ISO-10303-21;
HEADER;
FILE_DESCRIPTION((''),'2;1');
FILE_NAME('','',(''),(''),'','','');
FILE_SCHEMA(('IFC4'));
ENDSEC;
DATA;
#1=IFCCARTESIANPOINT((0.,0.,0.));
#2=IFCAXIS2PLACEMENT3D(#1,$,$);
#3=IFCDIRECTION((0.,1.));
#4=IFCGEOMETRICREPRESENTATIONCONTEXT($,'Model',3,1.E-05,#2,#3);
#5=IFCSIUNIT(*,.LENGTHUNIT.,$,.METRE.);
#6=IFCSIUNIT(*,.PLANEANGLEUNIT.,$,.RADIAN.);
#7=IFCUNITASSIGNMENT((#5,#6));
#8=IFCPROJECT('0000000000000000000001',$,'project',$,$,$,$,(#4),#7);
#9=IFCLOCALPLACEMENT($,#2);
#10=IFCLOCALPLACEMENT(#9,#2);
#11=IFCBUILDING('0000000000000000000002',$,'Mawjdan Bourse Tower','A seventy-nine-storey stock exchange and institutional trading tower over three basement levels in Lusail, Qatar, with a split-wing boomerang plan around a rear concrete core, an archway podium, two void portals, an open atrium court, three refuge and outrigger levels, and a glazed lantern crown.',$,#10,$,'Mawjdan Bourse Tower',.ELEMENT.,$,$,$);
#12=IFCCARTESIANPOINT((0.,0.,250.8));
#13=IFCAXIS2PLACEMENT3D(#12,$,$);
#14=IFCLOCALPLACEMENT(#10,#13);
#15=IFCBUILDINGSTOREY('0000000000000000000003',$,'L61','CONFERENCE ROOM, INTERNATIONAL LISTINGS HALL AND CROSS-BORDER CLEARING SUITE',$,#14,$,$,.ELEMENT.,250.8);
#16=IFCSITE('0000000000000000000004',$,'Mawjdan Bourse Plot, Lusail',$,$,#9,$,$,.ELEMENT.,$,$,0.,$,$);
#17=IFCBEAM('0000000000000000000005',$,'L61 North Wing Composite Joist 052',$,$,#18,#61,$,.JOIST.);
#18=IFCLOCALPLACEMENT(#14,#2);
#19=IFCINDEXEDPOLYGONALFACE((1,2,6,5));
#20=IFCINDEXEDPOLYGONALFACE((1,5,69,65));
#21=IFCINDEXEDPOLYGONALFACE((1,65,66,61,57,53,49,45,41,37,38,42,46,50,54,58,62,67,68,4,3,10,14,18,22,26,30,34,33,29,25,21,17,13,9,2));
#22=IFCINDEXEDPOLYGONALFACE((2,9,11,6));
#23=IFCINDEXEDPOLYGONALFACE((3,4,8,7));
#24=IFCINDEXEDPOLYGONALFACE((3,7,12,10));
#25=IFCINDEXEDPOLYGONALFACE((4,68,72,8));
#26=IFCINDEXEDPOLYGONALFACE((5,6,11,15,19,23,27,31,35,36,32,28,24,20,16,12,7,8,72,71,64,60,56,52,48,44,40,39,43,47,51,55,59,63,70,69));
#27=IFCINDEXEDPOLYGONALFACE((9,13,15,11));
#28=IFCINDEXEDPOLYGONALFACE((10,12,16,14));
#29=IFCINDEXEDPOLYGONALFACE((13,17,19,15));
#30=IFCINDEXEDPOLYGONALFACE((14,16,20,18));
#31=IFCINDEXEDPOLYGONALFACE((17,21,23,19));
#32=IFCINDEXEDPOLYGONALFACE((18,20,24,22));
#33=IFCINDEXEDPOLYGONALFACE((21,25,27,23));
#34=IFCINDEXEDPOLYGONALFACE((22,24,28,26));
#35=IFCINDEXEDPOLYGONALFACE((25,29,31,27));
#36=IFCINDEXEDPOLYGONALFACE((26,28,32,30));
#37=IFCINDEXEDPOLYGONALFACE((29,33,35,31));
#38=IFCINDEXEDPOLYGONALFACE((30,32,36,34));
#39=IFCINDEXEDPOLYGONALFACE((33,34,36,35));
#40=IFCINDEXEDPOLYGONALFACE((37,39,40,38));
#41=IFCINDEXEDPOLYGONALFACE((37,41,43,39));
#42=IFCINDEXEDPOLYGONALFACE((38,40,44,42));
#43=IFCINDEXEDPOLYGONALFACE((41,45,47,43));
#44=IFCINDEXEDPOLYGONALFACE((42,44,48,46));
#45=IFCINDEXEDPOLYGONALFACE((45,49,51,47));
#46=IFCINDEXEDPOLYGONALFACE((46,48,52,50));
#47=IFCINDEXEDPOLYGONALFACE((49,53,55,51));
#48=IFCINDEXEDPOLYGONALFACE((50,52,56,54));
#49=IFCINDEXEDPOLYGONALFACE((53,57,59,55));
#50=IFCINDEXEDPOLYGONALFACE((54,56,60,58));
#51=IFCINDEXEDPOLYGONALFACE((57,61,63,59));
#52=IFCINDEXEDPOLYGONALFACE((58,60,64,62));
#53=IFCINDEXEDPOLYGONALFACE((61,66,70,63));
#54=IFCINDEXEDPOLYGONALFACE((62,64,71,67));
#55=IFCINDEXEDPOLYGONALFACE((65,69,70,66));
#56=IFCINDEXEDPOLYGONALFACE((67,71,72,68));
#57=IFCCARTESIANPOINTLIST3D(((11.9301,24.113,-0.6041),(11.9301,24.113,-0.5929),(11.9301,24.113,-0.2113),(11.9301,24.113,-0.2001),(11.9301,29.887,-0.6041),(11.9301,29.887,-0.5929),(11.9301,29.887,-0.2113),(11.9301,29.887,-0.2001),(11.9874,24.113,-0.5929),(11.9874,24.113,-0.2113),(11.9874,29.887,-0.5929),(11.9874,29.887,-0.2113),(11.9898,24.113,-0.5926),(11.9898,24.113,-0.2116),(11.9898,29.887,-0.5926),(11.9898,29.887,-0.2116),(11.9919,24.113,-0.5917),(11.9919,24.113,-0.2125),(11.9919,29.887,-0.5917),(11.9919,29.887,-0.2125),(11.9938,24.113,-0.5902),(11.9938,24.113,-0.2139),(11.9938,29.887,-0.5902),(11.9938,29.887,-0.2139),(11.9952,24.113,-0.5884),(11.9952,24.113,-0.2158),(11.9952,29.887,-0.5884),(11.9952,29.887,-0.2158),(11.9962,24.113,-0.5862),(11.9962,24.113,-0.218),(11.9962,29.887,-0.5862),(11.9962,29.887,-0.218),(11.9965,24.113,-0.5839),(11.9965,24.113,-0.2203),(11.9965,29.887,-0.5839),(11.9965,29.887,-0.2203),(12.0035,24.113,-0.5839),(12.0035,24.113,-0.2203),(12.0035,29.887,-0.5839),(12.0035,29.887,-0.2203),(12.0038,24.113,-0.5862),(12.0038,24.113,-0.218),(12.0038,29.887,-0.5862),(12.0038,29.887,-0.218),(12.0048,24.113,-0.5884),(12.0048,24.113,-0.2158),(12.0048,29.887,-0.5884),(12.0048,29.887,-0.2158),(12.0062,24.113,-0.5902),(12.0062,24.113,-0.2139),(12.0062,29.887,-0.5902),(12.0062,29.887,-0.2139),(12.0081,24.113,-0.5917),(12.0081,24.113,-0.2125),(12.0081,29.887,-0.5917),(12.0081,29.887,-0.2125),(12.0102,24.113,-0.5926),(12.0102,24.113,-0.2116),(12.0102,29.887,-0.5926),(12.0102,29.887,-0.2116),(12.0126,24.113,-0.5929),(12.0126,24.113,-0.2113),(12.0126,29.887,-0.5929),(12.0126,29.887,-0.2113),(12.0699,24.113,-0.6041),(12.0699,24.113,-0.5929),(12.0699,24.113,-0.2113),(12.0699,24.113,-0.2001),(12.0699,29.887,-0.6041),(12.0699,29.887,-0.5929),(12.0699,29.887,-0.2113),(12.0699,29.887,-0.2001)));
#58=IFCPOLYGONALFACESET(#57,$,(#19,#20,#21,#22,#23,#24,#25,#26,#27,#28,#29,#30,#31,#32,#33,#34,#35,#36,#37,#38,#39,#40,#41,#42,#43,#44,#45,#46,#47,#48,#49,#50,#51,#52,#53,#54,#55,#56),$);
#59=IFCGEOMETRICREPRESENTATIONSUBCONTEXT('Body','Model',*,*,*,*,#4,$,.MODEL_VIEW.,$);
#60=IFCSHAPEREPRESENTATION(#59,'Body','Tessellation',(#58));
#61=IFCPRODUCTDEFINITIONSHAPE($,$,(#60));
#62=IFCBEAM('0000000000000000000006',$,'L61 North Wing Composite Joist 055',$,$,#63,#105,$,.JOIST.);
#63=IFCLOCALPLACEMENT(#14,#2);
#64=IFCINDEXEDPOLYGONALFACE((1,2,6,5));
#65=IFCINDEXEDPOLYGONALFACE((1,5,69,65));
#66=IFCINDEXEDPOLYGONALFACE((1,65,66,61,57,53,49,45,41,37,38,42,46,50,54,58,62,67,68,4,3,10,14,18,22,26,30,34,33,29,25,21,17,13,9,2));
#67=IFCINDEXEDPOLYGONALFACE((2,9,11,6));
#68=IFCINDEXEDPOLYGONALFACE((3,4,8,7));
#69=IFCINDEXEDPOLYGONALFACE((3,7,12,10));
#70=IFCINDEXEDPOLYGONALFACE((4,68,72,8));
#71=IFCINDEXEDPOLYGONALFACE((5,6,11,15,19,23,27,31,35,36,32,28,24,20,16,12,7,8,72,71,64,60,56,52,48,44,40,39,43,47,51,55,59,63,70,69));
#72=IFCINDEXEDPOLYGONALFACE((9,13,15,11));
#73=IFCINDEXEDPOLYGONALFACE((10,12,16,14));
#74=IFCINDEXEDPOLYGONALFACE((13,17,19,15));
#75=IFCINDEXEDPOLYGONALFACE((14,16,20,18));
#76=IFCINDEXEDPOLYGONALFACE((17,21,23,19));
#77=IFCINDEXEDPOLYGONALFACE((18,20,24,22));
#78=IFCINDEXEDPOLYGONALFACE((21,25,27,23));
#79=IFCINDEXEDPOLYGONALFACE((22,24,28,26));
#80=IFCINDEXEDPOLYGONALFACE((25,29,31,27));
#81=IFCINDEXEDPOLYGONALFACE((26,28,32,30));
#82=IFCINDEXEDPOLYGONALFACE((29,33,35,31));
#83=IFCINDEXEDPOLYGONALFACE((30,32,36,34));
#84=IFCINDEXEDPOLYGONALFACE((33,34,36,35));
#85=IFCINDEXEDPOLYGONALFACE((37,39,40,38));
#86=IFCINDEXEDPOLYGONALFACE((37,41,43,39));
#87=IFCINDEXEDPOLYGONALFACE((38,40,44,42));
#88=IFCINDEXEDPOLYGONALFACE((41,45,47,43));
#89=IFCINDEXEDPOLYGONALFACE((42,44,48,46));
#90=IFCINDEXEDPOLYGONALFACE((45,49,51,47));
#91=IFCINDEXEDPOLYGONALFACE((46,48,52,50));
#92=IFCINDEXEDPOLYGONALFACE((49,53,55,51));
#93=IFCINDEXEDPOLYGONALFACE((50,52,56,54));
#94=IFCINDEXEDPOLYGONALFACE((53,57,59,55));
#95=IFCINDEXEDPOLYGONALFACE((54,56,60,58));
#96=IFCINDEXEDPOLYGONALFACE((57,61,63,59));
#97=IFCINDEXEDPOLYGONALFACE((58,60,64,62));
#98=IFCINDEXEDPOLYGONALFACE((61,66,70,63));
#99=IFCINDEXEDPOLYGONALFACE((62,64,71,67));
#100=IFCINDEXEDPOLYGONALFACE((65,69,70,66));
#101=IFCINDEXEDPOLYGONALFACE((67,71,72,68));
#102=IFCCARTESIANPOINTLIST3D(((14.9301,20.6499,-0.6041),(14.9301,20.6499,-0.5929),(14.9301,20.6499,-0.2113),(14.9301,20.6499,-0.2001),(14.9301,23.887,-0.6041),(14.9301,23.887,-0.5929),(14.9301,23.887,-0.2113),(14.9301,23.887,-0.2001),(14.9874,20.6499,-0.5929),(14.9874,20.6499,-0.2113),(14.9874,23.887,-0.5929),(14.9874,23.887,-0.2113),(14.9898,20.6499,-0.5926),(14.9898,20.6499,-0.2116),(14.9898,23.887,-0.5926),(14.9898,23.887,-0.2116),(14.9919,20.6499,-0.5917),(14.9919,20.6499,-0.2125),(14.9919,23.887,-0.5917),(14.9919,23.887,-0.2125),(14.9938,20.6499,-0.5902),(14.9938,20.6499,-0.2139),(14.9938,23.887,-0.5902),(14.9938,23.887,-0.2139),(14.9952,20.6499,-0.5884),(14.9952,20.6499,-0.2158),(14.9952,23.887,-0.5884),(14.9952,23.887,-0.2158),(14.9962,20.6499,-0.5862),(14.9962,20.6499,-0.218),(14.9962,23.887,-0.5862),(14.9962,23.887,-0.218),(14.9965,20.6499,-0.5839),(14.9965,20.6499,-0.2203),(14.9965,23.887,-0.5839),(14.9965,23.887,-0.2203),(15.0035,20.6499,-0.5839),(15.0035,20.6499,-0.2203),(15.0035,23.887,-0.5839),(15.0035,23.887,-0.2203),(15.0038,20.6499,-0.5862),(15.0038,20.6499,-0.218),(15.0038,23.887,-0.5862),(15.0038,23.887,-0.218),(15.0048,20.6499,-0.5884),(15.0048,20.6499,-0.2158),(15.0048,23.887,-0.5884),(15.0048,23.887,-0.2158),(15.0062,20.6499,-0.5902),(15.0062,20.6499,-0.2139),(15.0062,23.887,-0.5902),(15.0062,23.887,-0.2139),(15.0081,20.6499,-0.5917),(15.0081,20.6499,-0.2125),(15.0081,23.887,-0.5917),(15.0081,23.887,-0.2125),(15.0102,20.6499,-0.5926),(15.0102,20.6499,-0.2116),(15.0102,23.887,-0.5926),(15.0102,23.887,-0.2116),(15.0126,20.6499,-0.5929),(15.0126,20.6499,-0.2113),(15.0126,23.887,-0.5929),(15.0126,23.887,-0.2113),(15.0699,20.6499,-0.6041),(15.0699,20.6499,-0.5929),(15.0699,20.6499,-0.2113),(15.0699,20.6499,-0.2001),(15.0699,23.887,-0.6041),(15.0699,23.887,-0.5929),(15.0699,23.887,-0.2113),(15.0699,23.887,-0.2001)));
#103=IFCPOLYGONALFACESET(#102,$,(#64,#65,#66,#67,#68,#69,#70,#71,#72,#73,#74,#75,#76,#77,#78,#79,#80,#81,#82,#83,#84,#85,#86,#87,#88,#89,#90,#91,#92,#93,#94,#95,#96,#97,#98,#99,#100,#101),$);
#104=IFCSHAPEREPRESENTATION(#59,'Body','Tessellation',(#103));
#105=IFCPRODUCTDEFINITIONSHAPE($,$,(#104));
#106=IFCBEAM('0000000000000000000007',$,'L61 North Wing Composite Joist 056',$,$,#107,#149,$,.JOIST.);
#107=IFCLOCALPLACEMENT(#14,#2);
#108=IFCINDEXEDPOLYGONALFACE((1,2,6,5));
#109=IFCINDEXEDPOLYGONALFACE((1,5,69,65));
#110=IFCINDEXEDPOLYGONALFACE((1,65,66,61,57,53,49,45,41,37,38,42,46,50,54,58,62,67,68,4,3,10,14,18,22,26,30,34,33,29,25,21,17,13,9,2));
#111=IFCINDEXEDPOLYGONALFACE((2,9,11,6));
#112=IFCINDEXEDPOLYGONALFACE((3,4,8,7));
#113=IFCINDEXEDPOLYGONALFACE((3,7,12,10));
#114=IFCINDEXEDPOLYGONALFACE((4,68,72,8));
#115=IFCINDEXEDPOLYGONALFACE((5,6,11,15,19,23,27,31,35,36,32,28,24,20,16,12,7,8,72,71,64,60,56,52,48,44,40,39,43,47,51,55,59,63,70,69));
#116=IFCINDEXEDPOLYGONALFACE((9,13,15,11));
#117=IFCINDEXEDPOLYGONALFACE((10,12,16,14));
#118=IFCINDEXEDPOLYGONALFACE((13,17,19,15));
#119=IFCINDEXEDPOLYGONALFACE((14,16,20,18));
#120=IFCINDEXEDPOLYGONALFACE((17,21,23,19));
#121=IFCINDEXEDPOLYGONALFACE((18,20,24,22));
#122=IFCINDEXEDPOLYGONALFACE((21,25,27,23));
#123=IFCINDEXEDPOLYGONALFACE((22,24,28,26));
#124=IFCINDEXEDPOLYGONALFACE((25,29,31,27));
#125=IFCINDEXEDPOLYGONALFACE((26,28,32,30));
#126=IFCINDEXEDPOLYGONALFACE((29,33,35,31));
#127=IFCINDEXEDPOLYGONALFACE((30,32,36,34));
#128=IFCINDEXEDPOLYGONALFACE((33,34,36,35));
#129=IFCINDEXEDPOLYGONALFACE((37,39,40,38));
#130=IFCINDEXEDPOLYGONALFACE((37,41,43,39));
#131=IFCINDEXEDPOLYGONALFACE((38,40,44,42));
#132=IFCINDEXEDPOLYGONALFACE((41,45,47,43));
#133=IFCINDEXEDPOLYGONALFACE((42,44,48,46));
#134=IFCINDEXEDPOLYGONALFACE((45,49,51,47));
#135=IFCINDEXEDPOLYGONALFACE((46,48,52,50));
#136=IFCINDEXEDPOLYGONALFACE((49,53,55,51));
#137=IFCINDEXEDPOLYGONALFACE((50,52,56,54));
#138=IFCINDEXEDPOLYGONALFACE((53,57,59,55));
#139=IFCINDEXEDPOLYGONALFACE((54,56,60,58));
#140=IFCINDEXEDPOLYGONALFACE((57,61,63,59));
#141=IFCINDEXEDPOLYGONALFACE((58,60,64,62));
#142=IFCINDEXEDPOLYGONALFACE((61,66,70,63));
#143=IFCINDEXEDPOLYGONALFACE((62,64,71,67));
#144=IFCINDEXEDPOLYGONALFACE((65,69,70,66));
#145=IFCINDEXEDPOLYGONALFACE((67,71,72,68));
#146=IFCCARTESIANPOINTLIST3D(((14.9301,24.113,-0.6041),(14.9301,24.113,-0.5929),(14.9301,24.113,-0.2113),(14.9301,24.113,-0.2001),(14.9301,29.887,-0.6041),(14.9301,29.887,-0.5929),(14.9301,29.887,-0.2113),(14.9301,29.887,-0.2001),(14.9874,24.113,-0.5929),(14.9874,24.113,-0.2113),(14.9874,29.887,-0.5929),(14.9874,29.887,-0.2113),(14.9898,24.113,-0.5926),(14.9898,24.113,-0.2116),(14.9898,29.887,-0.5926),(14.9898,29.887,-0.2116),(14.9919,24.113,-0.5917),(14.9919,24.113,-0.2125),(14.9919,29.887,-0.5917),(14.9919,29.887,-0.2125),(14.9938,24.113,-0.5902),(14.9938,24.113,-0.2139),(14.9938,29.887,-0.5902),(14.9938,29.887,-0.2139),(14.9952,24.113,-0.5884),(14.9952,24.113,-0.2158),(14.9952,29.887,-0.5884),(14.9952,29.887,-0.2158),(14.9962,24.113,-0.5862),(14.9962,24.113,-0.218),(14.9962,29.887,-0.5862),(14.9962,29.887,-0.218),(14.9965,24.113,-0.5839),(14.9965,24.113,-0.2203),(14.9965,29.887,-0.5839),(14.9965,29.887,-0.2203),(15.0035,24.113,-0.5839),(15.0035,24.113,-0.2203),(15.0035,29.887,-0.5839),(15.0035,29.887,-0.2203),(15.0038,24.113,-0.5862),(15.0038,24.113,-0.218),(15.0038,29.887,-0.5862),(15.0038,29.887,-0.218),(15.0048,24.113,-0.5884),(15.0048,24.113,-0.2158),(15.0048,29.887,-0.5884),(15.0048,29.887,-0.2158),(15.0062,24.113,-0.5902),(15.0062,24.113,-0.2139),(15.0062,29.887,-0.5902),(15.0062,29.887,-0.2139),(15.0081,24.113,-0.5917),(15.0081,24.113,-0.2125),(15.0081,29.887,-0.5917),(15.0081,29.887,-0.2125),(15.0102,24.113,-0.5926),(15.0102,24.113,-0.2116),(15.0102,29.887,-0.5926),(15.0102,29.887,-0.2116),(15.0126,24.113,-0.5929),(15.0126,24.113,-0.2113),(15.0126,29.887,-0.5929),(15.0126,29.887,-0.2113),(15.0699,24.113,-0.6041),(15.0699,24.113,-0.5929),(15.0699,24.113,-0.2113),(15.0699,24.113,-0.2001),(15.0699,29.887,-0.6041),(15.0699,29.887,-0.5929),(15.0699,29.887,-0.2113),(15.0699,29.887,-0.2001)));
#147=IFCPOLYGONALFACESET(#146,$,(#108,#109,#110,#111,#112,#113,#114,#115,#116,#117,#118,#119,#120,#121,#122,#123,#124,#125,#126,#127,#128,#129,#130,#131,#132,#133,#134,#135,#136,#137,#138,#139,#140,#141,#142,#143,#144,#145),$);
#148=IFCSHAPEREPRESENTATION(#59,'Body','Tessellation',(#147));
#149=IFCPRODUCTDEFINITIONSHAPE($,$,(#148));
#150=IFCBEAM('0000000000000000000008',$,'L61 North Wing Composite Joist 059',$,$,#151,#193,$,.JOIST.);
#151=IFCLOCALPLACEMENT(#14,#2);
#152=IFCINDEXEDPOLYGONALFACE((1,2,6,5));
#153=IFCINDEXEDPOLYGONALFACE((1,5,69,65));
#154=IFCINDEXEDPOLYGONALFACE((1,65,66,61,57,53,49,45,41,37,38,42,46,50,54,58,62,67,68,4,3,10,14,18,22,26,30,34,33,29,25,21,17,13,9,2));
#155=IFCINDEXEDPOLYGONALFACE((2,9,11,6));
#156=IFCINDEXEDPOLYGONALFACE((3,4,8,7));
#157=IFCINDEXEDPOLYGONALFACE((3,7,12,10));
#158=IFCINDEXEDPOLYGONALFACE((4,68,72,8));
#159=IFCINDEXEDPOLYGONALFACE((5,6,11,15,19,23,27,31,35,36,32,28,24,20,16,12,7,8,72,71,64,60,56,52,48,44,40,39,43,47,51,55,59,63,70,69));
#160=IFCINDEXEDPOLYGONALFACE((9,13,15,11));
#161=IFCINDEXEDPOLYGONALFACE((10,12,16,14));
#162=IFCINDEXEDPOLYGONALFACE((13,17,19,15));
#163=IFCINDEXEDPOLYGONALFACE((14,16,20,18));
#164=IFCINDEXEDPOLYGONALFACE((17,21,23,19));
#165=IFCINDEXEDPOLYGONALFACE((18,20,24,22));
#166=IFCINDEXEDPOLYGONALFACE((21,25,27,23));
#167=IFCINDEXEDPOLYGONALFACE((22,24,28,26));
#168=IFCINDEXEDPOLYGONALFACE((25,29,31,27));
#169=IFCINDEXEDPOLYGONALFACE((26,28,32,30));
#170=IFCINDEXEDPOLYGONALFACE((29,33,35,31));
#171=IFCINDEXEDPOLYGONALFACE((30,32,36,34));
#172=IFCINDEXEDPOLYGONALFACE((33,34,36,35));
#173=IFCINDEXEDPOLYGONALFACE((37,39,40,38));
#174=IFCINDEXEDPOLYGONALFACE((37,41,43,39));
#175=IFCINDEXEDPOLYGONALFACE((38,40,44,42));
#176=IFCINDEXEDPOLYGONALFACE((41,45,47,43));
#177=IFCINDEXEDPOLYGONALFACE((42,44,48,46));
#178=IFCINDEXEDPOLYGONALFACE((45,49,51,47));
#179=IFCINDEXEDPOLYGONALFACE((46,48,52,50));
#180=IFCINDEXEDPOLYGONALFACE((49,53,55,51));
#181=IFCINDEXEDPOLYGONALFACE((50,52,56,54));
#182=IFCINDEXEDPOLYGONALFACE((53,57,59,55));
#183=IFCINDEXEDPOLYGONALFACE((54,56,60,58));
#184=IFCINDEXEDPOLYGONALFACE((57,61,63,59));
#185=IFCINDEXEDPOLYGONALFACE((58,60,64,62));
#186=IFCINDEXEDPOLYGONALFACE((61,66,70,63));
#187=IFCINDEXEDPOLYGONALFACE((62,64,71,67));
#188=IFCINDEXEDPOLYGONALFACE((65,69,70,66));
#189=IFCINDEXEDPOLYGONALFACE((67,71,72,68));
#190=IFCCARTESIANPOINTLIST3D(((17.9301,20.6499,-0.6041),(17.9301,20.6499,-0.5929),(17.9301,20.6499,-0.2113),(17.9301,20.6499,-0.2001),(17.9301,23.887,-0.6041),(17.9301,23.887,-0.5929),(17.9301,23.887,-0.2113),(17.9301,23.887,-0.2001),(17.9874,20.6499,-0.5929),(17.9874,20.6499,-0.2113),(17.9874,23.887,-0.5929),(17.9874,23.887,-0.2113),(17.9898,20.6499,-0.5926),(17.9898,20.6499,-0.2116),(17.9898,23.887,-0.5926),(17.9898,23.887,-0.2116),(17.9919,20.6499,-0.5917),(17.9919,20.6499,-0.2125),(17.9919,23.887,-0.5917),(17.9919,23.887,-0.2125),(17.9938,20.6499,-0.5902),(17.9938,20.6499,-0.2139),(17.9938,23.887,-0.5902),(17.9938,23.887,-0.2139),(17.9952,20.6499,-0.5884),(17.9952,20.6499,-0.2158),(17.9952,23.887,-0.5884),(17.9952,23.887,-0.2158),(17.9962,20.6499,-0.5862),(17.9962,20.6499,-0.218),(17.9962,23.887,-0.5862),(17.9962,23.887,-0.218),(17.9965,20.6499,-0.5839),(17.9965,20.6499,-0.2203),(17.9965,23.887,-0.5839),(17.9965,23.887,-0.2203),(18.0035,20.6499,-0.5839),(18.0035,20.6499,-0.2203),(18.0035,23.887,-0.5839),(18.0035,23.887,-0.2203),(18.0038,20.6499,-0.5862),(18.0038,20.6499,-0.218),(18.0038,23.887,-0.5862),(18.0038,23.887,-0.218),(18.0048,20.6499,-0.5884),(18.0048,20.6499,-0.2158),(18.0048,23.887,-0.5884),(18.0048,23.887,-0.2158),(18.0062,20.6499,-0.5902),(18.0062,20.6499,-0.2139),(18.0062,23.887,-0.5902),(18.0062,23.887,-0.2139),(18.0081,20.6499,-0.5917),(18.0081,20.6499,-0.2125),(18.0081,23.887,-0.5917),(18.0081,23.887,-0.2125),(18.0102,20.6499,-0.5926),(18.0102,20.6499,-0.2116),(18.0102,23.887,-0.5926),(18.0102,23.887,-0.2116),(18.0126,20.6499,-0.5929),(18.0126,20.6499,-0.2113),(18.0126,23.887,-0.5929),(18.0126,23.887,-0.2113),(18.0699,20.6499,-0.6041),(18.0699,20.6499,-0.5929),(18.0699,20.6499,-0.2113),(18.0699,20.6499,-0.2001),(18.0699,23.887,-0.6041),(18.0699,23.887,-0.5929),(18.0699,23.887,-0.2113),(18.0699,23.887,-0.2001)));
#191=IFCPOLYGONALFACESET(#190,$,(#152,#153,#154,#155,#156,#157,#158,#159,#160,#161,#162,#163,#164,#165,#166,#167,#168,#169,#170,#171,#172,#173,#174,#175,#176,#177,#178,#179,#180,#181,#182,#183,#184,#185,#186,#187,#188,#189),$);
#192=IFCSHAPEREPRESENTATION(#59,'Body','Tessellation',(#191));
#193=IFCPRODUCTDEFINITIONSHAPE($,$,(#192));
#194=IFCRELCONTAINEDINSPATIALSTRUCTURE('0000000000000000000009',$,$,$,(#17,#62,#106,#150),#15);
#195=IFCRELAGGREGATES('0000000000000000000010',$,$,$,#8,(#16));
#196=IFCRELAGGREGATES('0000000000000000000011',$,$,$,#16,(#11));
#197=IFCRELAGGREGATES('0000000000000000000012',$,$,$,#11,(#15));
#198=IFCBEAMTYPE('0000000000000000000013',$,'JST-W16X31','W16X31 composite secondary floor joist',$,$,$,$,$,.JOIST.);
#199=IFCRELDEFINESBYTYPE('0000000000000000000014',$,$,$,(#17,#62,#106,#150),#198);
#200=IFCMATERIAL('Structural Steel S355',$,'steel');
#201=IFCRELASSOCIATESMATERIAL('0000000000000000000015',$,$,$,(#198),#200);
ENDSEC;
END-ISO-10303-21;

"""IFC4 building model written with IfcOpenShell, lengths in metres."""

from ifc_helpers import new_model, si_unit, direction, frame, origin, origin_2d, place, context, subcontext, project, spatial, i_section, extrude, material, material_profile, profile_set, type_object, element, save


model = new_model("IFC4")

# Units and contexts
model_context = context("Model", 3, precision=1e-05, world=origin(), true_north=direction((0.0, 1.0)))
body_context = subcontext(model_context, "Body", "Model", "MODEL_VIEW")
ifc_project = project(units=[si_unit("LENGTHUNIT", "METRE"), si_unit("PLANEANGLEUNIT", "RADIAN")], contexts=[model_context])

# Site, building, storey
site_placement = place(None, origin())
site = spatial("IfcSite", under=ifc_project, at=site_placement, Name="Mawjdan Bourse Plot, Lusail", CompositionType="ELEMENT", RefElevation=0.0)
building_placement = place(site_placement, origin())
building = spatial("IfcBuilding", under=site, at=building_placement, Name="Mawjdan Bourse Tower", Description="A seventy-nine-storey stock exchange and institutional trading tower over three basement levels in Lusail, Qatar, with a split-wing boomerang plan around a rear concrete core, an archway podium, two void portals, an open atrium court, three refuge and outrigger levels, and a glazed lantern crown.", LongName="Mawjdan Bourse Tower", CompositionType="ELEMENT")
storey_placement = place(building_placement, frame((0.0, 0.0, 250.8)))
storey = spatial("IfcBuildingStorey", under=building, at=storey_placement, Name="L61", Description="CONFERENCE ROOM, INTERNATIONAL LISTINGS HALL AND CROSS-BORDER CLEARING SUITE", CompositionType="ELEMENT", Elevation=250.8)

# Beams
ifc_material_1 = material(Name="Structural Steel S355", Category="steel")
ifc_material_profile_1 = material_profile(ifc_material_1, i_section(OverallWidth=0.1399, OverallDepth=0.4041, WebThickness=0.0071, FlangeThickness=0.0112, FilletRadius=0.009, at=origin_2d()), Name="W16X31")
ifc_profile_set_1 = profile_set([ifc_material_profile_1], Name="Structural Steel S355")
beam_type_1 = type_object("IfcBeamType", Name="JST-W16X31", Description="W16X31 composite secondary floor joist", PredefinedType="JOIST", material=ifc_profile_set_1)
beam_1_placement = place(storey_placement, frame((12.0, 24.113, -0.4021), z_axis=(0.0, 1.0, 0.0), x_axis=(-1.0, 0.0, 0.0)))
element("IfcBeam", 1, at=beam_1_placement, inside=storey, type_object=beam_type_1, Name="L61 North Wing Composite Joist 052", PredefinedType="JOIST", context=body_context, shape_type="SweptSolid", body=[
    extrude(i_section(OverallWidth=0.1399, OverallDepth=0.4041, WebThickness=0.0071, FlangeThickness=0.0112, FilletRadius=0.009, at=origin_2d()), origin(), (0.0, 0.0, 1.0), 5.7739),
])
beam_2_placement = place(storey_placement, frame((15.0, 20.6499, -0.4021), z_axis=(0.0, 1.0, 0.0), x_axis=(-1.0, 0.0, 0.0)))
element("IfcBeam", 2, at=beam_2_placement, inside=storey, type_object=beam_type_1, Name="L61 North Wing Composite Joist 055", PredefinedType="JOIST", context=body_context, shape_type="SweptSolid", body=[
    extrude(i_section(OverallWidth=0.1399, OverallDepth=0.4041, WebThickness=0.0071, FlangeThickness=0.0112, FilletRadius=0.009, at=origin_2d()), origin(), (0.0, 0.0, 1.0), 3.2371),
])
beam_3_placement = place(storey_placement, frame((15.0, 24.113, -0.4021), z_axis=(0.0, 1.0, 0.0), x_axis=(-1.0, 0.0, 0.0)))
element("IfcBeam", 3, at=beam_3_placement, inside=storey, type_object=beam_type_1, Name="L61 North Wing Composite Joist 056", PredefinedType="JOIST", context=body_context, shape_type="SweptSolid", body=[
    extrude(i_section(OverallWidth=0.1399, OverallDepth=0.4041, WebThickness=0.0071, FlangeThickness=0.0112, FilletRadius=0.009, at=origin_2d()), origin(), (0.0, 0.0, 1.0), 5.7739),
])
beam_4_placement = place(storey_placement, frame((18.0, 20.6499, -0.4021), z_axis=(0.0, 1.0, 0.0), x_axis=(-1.0, 0.0, 0.0)))
element("IfcBeam", 4, at=beam_4_placement, inside=storey, type_object=beam_type_1, Name="L61 North Wing Composite Joist 059", PredefinedType="JOIST", context=body_context, shape_type="SweptSolid", body=[
    extrude(i_section(OverallWidth=0.1399, OverallDepth=0.4041, WebThickness=0.0071, FlangeThickness=0.0112, FilletRadius=0.009, at=origin_2d()), origin(), (0.0, 0.0, 1.0), 3.2371),
])

save(model, "model.ifc")
